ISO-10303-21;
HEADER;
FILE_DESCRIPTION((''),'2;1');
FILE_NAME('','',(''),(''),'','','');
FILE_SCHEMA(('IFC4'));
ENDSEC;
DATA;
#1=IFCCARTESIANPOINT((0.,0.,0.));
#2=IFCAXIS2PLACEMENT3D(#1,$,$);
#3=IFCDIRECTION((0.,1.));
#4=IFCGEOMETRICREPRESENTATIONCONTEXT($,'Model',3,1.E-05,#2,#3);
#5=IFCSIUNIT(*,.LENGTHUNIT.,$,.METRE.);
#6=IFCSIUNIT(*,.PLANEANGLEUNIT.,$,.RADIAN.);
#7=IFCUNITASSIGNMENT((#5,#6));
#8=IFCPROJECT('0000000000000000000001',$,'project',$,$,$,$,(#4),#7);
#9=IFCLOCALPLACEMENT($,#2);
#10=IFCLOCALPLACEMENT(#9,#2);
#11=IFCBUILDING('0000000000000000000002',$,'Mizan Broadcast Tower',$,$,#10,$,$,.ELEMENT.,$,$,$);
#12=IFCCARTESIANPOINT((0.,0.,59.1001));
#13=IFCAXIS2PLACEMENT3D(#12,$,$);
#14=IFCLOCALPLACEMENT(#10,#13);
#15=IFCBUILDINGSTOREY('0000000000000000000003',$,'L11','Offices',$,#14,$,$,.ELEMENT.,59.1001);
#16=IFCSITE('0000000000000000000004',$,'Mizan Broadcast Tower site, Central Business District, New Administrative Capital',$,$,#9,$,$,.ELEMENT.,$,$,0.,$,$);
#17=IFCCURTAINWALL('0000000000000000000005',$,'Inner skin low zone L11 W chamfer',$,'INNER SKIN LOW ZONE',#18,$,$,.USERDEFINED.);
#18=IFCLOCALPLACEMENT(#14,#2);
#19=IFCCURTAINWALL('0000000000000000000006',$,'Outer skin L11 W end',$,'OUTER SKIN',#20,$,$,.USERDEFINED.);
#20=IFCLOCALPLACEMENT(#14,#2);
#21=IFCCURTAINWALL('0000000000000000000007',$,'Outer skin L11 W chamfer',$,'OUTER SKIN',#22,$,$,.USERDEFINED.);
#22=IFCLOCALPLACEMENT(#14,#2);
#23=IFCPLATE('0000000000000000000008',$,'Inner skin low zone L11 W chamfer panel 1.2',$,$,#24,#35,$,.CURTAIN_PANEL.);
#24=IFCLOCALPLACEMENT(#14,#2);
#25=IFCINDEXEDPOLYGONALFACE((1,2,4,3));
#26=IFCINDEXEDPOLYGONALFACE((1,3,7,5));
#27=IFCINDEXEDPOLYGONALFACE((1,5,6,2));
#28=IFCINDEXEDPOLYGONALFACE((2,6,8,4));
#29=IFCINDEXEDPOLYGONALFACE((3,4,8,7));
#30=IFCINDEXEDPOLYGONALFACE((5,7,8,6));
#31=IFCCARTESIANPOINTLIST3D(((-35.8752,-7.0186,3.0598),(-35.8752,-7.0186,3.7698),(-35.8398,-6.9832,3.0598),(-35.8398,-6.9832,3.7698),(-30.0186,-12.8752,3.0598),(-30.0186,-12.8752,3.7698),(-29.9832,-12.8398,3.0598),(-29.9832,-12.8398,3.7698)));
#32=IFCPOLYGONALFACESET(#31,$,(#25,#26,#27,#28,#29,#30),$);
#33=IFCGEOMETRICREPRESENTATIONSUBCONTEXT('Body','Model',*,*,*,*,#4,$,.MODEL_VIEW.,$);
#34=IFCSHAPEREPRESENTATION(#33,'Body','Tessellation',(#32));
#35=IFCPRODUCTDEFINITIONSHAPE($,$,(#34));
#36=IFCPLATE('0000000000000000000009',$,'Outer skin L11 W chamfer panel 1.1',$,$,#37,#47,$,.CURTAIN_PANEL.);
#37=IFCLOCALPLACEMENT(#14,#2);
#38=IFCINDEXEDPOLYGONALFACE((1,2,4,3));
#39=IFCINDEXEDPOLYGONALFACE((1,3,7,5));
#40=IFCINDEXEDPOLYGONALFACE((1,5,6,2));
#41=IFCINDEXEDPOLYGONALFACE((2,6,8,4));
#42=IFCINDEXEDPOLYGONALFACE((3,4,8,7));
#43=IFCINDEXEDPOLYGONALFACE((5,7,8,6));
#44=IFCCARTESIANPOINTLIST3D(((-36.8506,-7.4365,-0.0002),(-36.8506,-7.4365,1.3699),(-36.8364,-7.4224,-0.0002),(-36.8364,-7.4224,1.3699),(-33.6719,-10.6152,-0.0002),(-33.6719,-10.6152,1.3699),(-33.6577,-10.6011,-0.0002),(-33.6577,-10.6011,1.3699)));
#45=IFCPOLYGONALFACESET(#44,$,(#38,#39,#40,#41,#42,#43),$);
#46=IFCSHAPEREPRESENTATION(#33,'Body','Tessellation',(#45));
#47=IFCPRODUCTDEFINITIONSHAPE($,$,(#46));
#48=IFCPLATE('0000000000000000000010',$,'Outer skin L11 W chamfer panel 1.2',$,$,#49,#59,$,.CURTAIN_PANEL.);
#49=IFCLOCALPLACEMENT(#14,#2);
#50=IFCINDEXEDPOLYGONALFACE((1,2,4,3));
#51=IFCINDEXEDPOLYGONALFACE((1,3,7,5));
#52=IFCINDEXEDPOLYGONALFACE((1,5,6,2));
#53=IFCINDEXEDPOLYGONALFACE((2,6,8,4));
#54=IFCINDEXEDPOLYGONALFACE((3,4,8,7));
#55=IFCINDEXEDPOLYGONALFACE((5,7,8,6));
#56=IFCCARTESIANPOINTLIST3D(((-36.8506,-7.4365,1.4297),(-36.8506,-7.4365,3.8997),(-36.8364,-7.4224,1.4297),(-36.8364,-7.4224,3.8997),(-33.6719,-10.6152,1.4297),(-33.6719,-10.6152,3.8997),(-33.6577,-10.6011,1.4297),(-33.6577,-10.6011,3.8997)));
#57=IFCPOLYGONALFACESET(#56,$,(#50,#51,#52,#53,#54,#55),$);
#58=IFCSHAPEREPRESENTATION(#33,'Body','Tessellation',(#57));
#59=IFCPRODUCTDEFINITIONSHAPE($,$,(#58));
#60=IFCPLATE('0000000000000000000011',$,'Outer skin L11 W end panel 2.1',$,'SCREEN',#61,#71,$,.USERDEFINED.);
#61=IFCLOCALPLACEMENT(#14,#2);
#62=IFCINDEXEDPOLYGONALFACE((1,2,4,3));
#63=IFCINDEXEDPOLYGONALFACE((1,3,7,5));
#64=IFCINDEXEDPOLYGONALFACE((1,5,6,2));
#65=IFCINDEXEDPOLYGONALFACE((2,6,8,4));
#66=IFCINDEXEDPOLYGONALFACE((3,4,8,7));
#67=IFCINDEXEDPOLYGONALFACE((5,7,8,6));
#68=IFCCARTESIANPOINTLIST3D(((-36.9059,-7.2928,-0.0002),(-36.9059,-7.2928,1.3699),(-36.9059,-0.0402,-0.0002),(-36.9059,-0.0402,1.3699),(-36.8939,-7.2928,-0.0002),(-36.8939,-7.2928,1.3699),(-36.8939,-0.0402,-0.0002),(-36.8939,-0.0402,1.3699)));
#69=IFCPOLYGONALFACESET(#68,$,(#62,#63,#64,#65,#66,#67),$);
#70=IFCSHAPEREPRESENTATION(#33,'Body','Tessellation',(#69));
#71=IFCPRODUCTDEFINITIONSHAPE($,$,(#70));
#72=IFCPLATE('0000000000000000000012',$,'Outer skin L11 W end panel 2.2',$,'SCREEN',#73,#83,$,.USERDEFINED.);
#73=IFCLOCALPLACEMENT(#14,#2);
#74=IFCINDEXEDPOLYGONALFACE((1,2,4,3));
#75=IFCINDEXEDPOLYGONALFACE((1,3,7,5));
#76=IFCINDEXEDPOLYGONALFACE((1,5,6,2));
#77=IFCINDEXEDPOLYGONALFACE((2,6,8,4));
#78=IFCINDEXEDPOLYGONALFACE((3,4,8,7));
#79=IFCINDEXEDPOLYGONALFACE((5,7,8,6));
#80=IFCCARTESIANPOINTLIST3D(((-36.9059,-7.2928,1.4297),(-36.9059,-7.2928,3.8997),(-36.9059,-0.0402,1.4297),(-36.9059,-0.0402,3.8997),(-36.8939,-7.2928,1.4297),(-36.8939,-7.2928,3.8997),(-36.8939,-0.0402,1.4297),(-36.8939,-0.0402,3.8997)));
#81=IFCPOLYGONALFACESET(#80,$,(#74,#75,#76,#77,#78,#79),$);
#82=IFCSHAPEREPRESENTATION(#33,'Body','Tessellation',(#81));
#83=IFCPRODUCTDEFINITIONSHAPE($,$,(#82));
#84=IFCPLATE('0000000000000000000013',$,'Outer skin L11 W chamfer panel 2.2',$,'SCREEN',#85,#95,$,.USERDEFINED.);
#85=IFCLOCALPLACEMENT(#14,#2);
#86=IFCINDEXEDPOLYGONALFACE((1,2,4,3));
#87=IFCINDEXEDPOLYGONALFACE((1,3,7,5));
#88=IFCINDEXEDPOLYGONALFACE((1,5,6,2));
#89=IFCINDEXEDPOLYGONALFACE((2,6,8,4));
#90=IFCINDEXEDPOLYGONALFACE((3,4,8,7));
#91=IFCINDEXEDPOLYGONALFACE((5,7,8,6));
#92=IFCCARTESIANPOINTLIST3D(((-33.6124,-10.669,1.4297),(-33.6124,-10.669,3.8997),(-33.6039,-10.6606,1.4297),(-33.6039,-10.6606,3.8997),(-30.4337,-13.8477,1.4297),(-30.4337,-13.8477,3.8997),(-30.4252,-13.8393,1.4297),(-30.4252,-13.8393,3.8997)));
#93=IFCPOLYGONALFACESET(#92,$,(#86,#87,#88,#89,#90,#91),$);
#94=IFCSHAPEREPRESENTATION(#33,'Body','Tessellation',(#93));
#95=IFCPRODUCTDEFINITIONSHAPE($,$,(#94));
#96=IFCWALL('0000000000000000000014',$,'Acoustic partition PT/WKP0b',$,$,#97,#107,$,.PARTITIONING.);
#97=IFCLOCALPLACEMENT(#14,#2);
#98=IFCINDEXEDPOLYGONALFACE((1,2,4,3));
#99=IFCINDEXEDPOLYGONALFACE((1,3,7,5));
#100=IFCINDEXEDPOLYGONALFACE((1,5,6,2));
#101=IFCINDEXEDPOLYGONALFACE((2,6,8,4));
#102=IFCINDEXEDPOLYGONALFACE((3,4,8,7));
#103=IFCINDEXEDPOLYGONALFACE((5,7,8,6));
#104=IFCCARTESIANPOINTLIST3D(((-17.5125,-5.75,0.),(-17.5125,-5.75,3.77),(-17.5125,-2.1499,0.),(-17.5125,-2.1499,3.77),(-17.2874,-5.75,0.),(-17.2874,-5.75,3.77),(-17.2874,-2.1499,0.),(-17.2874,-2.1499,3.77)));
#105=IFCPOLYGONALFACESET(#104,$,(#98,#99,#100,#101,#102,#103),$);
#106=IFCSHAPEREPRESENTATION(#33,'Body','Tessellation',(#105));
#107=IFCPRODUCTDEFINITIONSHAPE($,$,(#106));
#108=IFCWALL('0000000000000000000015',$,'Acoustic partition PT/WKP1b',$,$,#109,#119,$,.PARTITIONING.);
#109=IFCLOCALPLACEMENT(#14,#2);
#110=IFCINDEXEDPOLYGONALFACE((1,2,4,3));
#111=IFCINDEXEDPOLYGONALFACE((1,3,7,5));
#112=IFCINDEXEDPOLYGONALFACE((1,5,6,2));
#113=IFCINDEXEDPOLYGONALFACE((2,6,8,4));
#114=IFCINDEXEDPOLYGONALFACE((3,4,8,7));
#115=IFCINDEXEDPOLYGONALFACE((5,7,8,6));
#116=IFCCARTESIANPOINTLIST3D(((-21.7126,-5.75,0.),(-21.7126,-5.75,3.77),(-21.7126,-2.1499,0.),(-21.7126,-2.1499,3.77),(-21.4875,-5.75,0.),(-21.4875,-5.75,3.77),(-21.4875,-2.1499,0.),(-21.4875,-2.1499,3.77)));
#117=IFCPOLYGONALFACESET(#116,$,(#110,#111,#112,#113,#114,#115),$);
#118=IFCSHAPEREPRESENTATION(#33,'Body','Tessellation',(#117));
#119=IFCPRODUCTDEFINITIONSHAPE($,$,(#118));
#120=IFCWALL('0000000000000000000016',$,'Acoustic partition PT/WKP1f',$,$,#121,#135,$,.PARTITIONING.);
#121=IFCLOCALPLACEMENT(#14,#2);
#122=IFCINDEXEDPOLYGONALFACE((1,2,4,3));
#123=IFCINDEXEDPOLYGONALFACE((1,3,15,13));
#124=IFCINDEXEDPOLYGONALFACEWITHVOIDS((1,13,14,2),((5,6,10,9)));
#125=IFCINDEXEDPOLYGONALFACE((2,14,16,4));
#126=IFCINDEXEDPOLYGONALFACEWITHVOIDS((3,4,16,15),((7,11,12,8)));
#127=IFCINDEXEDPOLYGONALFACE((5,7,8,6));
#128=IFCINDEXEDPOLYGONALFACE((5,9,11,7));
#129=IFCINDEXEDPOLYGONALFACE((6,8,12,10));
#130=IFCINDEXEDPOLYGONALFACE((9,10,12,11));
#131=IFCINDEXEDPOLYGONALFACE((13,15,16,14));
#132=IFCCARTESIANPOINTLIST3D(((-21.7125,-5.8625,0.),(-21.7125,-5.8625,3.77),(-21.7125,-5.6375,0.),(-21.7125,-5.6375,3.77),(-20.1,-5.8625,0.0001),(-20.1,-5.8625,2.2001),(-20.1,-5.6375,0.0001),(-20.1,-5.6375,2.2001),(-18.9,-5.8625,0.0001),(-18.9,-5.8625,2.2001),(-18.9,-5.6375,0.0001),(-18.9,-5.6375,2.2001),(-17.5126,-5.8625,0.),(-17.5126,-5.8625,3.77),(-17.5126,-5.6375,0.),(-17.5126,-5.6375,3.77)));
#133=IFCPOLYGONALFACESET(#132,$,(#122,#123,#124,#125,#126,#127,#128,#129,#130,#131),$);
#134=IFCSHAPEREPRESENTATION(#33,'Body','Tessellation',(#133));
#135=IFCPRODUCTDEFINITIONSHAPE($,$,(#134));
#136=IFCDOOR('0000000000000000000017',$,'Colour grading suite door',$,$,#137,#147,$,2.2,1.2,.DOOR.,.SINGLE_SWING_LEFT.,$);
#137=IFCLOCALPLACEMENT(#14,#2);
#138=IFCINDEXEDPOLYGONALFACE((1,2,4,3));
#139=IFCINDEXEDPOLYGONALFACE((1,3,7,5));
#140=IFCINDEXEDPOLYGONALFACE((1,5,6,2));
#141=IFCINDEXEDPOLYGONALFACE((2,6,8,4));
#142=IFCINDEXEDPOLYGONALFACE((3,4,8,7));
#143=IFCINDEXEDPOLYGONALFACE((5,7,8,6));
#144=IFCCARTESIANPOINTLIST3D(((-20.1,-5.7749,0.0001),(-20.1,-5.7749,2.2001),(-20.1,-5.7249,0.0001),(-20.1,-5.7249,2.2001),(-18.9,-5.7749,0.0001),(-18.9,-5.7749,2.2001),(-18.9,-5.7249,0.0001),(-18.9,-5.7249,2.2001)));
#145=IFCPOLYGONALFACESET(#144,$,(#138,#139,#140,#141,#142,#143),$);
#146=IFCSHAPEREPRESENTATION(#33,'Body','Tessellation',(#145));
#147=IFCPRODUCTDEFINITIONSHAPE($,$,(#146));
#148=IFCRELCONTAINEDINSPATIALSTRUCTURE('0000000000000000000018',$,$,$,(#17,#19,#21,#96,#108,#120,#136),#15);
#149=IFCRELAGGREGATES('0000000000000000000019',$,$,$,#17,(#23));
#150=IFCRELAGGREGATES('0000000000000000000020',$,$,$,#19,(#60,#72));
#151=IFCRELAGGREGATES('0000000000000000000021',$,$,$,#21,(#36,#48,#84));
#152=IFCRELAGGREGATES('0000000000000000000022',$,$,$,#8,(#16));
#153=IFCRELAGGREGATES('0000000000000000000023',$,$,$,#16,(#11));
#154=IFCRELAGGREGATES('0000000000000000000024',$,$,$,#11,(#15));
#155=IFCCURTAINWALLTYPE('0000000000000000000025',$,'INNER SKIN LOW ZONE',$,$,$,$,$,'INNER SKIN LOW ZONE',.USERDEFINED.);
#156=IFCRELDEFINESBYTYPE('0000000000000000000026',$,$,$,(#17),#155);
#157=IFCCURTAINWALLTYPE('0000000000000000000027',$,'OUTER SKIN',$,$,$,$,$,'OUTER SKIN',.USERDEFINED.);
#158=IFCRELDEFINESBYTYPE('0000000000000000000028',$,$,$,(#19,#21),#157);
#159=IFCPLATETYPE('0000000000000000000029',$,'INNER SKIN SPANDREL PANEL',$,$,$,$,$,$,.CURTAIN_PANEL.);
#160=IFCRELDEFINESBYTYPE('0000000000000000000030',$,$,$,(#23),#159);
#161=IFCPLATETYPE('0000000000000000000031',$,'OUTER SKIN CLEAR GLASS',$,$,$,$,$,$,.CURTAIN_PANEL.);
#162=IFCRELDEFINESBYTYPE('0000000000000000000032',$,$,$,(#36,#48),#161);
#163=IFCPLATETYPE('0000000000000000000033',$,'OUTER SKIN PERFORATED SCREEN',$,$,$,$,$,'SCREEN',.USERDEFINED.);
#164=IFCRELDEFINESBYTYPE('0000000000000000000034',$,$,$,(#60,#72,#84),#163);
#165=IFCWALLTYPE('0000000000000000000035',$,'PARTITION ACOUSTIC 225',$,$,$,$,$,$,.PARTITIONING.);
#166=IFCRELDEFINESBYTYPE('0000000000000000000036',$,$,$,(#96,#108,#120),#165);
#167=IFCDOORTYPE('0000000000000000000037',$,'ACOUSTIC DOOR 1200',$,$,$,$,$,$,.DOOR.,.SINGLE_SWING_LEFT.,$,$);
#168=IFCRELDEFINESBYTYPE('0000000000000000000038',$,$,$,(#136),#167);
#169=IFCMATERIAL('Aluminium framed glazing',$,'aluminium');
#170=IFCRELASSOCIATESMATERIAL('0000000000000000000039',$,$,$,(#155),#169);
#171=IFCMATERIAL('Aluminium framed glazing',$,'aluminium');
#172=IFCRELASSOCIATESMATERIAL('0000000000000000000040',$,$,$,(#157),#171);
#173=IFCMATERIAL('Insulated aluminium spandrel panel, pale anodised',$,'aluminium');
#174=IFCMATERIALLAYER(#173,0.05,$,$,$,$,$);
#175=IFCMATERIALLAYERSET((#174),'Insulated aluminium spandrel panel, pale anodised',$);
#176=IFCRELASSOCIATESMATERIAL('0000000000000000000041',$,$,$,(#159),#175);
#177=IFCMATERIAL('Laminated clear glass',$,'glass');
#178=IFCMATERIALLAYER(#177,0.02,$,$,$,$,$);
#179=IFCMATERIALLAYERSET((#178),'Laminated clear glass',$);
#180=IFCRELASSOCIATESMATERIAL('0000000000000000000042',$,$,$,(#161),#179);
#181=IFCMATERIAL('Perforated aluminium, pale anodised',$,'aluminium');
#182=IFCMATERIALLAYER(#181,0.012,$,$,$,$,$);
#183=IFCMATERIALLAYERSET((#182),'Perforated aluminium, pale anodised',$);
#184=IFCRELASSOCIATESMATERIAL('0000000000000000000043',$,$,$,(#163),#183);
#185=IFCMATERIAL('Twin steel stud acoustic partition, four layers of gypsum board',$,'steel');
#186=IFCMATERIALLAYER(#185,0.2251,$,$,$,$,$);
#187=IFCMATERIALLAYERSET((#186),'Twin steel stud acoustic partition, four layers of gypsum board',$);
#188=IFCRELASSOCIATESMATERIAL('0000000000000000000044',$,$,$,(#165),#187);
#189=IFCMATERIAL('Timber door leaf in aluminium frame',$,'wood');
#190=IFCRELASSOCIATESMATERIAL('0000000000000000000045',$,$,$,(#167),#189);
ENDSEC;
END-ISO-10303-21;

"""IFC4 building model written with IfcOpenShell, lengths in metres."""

from ifc_helpers import new_model, si_unit, direction, frame, frame_2d, origin, origin_2d, place, context, subcontext, project, spatial, rectangle, extrude, material, layer, layer_set, type_object, element, fill, aggregate, save


model = new_model("IFC4")

# Units and contexts
model_context = context("Model", 3, precision=1e-05, world=origin(), true_north=direction((0.0, 1.0)))
body_context = subcontext(model_context, "Body", "Model", "MODEL_VIEW")
ifc_project = project(units=[si_unit("LENGTHUNIT", "METRE"), si_unit("PLANEANGLEUNIT", "RADIAN")], contexts=[model_context])

# Site, building, storey
site_placement = place(None, origin())
site = spatial("IfcSite", under=ifc_project, at=site_placement, Name="Mizan Broadcast Tower site, Central Business District, New Administrative Capital", CompositionType="ELEMENT", RefElevation=0.0)
building_placement = place(site_placement, origin())
building = spatial("IfcBuilding", under=site, at=building_placement, Name="Mizan Broadcast Tower", CompositionType="ELEMENT")
storey_placement = place(building_placement, frame((0.0, 0.0, 59.1001)))
storey = spatial("IfcBuildingStorey", under=building, at=storey_placement, Name="L11", Description="Offices", CompositionType="ELEMENT", Elevation=59.1001)

# Shared definitions
ifc_material_1 = material(Name="Aluminium framed glazing", Category="aluminium")
curtain_wall_type_1 = type_object("IfcCurtainWallType", Name="INNER SKIN LOW ZONE", ElementType="INNER SKIN LOW ZONE", PredefinedType="USERDEFINED", material=ifc_material_1)

# Curtain wall
curtain_wall_1_placement = place(storey_placement, origin())
curtain_wall_1 = element("IfcCurtainWall", 1, at=curtain_wall_1_placement, inside=storey, type_object=curtain_wall_type_1, Name="Inner skin low zone L11 W chamfer", ObjectType="INNER SKIN LOW ZONE", PredefinedType="USERDEFINED")

# Curtain wall
ifc_material_2 = material(Name="Aluminium framed glazing", Category="aluminium")
curtain_wall_type_2 = type_object("IfcCurtainWallType", Name="OUTER SKIN", ElementType="OUTER SKIN", PredefinedType="USERDEFINED", material=ifc_material_2)
curtain_wall_2_placement = place(storey_placement, origin())
curtain_wall_2 = element("IfcCurtainWall", 2, at=curtain_wall_2_placement, inside=storey, type_object=curtain_wall_type_2, Name="Outer skin L11 W end", ObjectType="OUTER SKIN", PredefinedType="USERDEFINED")

# Curtain wall
curtain_wall_3_placement = place(storey_placement, origin())
curtain_wall_3 = element("IfcCurtainWall", 3, at=curtain_wall_3_placement, inside=storey, type_object=curtain_wall_type_2, Name="Outer skin L11 W chamfer", ObjectType="OUTER SKIN", PredefinedType="USERDEFINED")

# Plates
ifc_material_3 = material(Name="Insulated aluminium spandrel panel, pale anodised", Category="aluminium")
ifc_layer_1 = layer(ifc_material_3, 0.05)
ifc_layer_set_1 = layer_set([ifc_layer_1], Name="Insulated aluminium spandrel panel, pale anodised")
plate_type_1 = type_object("IfcPlateType", Name="INNER SKIN SPANDREL PANEL", PredefinedType="CURTAIN_PANEL", material=ifc_layer_set_1)
plate_1_placement = place(storey_placement, frame((-32.9292, -9.9292, 3.0598), z_axis=(0.0, 0.0, 1.0), x_axis=(0.707107, -0.707107, 0.0)))
plate_1 = element("IfcPlate", 4, at=plate_1_placement, type_object=plate_type_1, Name="Inner skin low zone L11 W chamfer panel 1.2", PredefinedType="CURTAIN_PANEL", context=body_context, shape_type="SweptSolid", body=[
    extrude(rectangle(XDim=8.2825, YDim=0.05, at=origin_2d()), origin(), (0.0, 0.0, 1.0), 0.71),
])
aggregate(curtain_wall_1, [plate_1])
ifc_material_4 = material(Name="Laminated clear glass", Category="glass")
ifc_layer_2 = layer(ifc_material_4, 0.02)
ifc_layer_set_2 = layer_set([ifc_layer_2], Name="Laminated clear glass")
plate_type_2 = type_object("IfcPlateType", Name="OUTER SKIN CLEAR GLASS", PredefinedType="CURTAIN_PANEL", material=ifc_layer_set_2)
plate_2_placement = place(storey_placement, frame((-35.2542, -9.0188, -0.0002), z_axis=(0.0, 0.0, 1.0), x_axis=(0.707107, -0.707107, 0.0)))
plate_2 = element("IfcPlate", 5, at=plate_2_placement, type_object=plate_type_2, Name="Outer skin L11 W chamfer panel 1.1", PredefinedType="CURTAIN_PANEL", context=body_context, shape_type="SweptSolid", body=[
    extrude(rectangle(XDim=4.4954, YDim=0.02, at=origin_2d()), origin(), (0.0, 0.0, 1.0), 1.3701),
])
plate_3_placement = place(storey_placement, frame((-35.2542, -9.0188, 1.4297), z_axis=(0.0, 0.0, 1.0), x_axis=(0.707107, -0.707107, 0.0)))
plate_3 = element("IfcPlate", 6, at=plate_3_placement, type_object=plate_type_2, Name="Outer skin L11 W chamfer panel 1.2", PredefinedType="CURTAIN_PANEL", context=body_context, shape_type="SweptSolid", body=[
    extrude(rectangle(XDim=4.4954, YDim=0.02, at=origin_2d()), origin(), (0.0, 0.0, 1.0), 2.47),
])
ifc_material_5 = material(Name="Perforated aluminium, pale anodised", Category="aluminium")
ifc_layer_3 = layer(ifc_material_5, 0.012)
ifc_layer_set_3 = layer_set([ifc_layer_3], Name="Perforated aluminium, pale anodised")
plate_type_3 = type_object("IfcPlateType", Name="OUTER SKIN PERFORATED SCREEN", ElementType="SCREEN", PredefinedType="USERDEFINED", material=ifc_layer_set_3)
plate_4_placement = place(storey_placement, frame((-36.8999, -3.6665, -0.0002), z_axis=(0.0, 0.0, 1.0), x_axis=(0.0, -1.0, 0.0)))
plate_4 = element("IfcPlate", 7, at=plate_4_placement, type_object=plate_type_3, Name="Outer skin L11 W end panel 2.1", ObjectType="SCREEN", PredefinedType="USERDEFINED", context=body_context, shape_type="SweptSolid", body=[
    extrude(rectangle(XDim=7.2527, YDim=0.012, at=origin_2d()), origin(), (0.0, 0.0, 1.0), 1.3701),
])
plate_5_placement = place(storey_placement, frame((-36.8999, -3.6665, 1.4297), z_axis=(0.0, 0.0, 1.0), x_axis=(0.0, -1.0, 0.0)))
plate_5 = element("IfcPlate", 8, at=plate_5_placement, type_object=plate_type_3, Name="Outer skin L11 W end panel 2.2", ObjectType="SCREEN", PredefinedType="USERDEFINED", context=body_context, shape_type="SweptSolid", body=[
    extrude(rectangle(XDim=7.2527, YDim=0.012, at=origin_2d()), origin(), (0.0, 0.0, 1.0), 2.47),
])
aggregate(curtain_wall_2, [plate_4, plate_5])
plate_6_placement = place(storey_placement, frame((-32.0188, -12.2542, 1.4297), z_axis=(0.0, 0.0, 1.0), x_axis=(0.707107, -0.707107, 0.0)))
plate_6 = element("IfcPlate", 9, at=plate_6_placement, type_object=plate_type_3, Name="Outer skin L11 W chamfer panel 2.2", ObjectType="SCREEN", PredefinedType="USERDEFINED", context=body_context, shape_type="SweptSolid", body=[
    extrude(rectangle(XDim=4.4954, YDim=0.012, at=origin_2d()), origin(), (0.0, 0.0, 1.0), 2.47),
])
aggregate(curtain_wall_3, [plate_2, plate_3, plate_6])

# Walls
ifc_material_6 = material(Name="Twin steel stud acoustic partition, four layers of gypsum board", Category="steel")
ifc_layer_4 = layer(ifc_material_6, 0.2251)
ifc_layer_set_4 = layer_set([ifc_layer_4], Name="Twin steel stud acoustic partition, four layers of gypsum board")
wall_type = type_object("IfcWallType", Name="PARTITION ACOUSTIC 225", PredefinedType="PARTITIONING", material=ifc_layer_set_4)
for number, where, z_axis, x_axis, name in (
    (10, (-17.3999, -2.1499, 0.0), (0.0, 0.0, 1.0), (0.0, -1.0, 0.0), "Acoustic partition PT/WKP0b"),
    (11, (-21.6001, -2.1499, 0.0), (0.0, 0.0, 1.0), (0.0, -1.0, 0.0), "Acoustic partition PT/WKP1b"),
):
    element("IfcWall", number, at=place(storey_placement, frame(where, z_axis=z_axis, x_axis=x_axis)), inside=storey, type_object=wall_type, Name=name, PredefinedType="PARTITIONING", context=body_context, shape_type="SweptSolid", body=[
        extrude(rectangle(XDim=3.6001, YDim=0.2251, at=frame_2d((1.8, 0.0))), origin(), (0.0, 0.0, 1.0), 3.77),
    ])

# Wall, opening, door
wall_placement = place(storey_placement, frame((-17.5125, -5.75, 0.0), z_axis=(0.0, 0.0, 1.0), x_axis=(-1.0, 0.0, 0.0)))
wall = element("IfcWall", 12, at=wall_placement, inside=storey, type_object=wall_type, Name="Acoustic partition PT/WKP1f", PredefinedType="PARTITIONING", context=body_context, shape_type="SweptSolid", body=[
    extrude(rectangle(XDim=4.2, YDim=0.2251, at=frame_2d((2.1001, 0.0))), origin(), (0.0, 0.0, 1.0), 3.77),
])
opening_placement = place(wall_placement, frame((1.3875, 0.0, 0.0)))
opening = element("IfcOpeningElement", 13, at=opening_placement, cuts=wall, PredefinedType="OPENING", context=body_context, shape_type="SweptSolid", body=[
    extrude(rectangle(XDim=1.2, YDim=2.2, at=frame_2d((0.6001, 1.1001))), frame((0.0, 0.1226, 0.0), z_axis=(0.0, -1.0, 0.0), x_axis=(1.0, 0.0, 0.0)), (0.0, 0.0, 1.0), 0.2451),
])
ifc_material_7 = material(Name="Timber door leaf in aluminium frame", Category="wood")
door_type = type_object("IfcDoorType", Name="ACOUSTIC DOOR 1200", OperationType="SINGLE_SWING_LEFT", PredefinedType="DOOR", material=ifc_material_7)
door_placement = place(opening_placement, origin())
door = element("IfcDoor", 14, at=door_placement, inside=storey, type_object=door_type, Name="Colour grading suite door", OperationType="SINGLE_SWING_LEFT", OverallHeight=2.2, OverallWidth=1.2, PredefinedType="DOOR", context=body_context, shape_type="SweptSolid", body=[
    extrude(rectangle(XDim=1.2, YDim=2.2, at=frame_2d((0.6001, 1.1001))), frame((0.0, 0.0249, 0.0), z_axis=(0.0, -1.0, 0.0), x_axis=(1.0, 0.0, 0.0)), (0.0, 0.0, 1.0), 0.05),
])
fill(opening, door)

save(model, "model.ifc")
